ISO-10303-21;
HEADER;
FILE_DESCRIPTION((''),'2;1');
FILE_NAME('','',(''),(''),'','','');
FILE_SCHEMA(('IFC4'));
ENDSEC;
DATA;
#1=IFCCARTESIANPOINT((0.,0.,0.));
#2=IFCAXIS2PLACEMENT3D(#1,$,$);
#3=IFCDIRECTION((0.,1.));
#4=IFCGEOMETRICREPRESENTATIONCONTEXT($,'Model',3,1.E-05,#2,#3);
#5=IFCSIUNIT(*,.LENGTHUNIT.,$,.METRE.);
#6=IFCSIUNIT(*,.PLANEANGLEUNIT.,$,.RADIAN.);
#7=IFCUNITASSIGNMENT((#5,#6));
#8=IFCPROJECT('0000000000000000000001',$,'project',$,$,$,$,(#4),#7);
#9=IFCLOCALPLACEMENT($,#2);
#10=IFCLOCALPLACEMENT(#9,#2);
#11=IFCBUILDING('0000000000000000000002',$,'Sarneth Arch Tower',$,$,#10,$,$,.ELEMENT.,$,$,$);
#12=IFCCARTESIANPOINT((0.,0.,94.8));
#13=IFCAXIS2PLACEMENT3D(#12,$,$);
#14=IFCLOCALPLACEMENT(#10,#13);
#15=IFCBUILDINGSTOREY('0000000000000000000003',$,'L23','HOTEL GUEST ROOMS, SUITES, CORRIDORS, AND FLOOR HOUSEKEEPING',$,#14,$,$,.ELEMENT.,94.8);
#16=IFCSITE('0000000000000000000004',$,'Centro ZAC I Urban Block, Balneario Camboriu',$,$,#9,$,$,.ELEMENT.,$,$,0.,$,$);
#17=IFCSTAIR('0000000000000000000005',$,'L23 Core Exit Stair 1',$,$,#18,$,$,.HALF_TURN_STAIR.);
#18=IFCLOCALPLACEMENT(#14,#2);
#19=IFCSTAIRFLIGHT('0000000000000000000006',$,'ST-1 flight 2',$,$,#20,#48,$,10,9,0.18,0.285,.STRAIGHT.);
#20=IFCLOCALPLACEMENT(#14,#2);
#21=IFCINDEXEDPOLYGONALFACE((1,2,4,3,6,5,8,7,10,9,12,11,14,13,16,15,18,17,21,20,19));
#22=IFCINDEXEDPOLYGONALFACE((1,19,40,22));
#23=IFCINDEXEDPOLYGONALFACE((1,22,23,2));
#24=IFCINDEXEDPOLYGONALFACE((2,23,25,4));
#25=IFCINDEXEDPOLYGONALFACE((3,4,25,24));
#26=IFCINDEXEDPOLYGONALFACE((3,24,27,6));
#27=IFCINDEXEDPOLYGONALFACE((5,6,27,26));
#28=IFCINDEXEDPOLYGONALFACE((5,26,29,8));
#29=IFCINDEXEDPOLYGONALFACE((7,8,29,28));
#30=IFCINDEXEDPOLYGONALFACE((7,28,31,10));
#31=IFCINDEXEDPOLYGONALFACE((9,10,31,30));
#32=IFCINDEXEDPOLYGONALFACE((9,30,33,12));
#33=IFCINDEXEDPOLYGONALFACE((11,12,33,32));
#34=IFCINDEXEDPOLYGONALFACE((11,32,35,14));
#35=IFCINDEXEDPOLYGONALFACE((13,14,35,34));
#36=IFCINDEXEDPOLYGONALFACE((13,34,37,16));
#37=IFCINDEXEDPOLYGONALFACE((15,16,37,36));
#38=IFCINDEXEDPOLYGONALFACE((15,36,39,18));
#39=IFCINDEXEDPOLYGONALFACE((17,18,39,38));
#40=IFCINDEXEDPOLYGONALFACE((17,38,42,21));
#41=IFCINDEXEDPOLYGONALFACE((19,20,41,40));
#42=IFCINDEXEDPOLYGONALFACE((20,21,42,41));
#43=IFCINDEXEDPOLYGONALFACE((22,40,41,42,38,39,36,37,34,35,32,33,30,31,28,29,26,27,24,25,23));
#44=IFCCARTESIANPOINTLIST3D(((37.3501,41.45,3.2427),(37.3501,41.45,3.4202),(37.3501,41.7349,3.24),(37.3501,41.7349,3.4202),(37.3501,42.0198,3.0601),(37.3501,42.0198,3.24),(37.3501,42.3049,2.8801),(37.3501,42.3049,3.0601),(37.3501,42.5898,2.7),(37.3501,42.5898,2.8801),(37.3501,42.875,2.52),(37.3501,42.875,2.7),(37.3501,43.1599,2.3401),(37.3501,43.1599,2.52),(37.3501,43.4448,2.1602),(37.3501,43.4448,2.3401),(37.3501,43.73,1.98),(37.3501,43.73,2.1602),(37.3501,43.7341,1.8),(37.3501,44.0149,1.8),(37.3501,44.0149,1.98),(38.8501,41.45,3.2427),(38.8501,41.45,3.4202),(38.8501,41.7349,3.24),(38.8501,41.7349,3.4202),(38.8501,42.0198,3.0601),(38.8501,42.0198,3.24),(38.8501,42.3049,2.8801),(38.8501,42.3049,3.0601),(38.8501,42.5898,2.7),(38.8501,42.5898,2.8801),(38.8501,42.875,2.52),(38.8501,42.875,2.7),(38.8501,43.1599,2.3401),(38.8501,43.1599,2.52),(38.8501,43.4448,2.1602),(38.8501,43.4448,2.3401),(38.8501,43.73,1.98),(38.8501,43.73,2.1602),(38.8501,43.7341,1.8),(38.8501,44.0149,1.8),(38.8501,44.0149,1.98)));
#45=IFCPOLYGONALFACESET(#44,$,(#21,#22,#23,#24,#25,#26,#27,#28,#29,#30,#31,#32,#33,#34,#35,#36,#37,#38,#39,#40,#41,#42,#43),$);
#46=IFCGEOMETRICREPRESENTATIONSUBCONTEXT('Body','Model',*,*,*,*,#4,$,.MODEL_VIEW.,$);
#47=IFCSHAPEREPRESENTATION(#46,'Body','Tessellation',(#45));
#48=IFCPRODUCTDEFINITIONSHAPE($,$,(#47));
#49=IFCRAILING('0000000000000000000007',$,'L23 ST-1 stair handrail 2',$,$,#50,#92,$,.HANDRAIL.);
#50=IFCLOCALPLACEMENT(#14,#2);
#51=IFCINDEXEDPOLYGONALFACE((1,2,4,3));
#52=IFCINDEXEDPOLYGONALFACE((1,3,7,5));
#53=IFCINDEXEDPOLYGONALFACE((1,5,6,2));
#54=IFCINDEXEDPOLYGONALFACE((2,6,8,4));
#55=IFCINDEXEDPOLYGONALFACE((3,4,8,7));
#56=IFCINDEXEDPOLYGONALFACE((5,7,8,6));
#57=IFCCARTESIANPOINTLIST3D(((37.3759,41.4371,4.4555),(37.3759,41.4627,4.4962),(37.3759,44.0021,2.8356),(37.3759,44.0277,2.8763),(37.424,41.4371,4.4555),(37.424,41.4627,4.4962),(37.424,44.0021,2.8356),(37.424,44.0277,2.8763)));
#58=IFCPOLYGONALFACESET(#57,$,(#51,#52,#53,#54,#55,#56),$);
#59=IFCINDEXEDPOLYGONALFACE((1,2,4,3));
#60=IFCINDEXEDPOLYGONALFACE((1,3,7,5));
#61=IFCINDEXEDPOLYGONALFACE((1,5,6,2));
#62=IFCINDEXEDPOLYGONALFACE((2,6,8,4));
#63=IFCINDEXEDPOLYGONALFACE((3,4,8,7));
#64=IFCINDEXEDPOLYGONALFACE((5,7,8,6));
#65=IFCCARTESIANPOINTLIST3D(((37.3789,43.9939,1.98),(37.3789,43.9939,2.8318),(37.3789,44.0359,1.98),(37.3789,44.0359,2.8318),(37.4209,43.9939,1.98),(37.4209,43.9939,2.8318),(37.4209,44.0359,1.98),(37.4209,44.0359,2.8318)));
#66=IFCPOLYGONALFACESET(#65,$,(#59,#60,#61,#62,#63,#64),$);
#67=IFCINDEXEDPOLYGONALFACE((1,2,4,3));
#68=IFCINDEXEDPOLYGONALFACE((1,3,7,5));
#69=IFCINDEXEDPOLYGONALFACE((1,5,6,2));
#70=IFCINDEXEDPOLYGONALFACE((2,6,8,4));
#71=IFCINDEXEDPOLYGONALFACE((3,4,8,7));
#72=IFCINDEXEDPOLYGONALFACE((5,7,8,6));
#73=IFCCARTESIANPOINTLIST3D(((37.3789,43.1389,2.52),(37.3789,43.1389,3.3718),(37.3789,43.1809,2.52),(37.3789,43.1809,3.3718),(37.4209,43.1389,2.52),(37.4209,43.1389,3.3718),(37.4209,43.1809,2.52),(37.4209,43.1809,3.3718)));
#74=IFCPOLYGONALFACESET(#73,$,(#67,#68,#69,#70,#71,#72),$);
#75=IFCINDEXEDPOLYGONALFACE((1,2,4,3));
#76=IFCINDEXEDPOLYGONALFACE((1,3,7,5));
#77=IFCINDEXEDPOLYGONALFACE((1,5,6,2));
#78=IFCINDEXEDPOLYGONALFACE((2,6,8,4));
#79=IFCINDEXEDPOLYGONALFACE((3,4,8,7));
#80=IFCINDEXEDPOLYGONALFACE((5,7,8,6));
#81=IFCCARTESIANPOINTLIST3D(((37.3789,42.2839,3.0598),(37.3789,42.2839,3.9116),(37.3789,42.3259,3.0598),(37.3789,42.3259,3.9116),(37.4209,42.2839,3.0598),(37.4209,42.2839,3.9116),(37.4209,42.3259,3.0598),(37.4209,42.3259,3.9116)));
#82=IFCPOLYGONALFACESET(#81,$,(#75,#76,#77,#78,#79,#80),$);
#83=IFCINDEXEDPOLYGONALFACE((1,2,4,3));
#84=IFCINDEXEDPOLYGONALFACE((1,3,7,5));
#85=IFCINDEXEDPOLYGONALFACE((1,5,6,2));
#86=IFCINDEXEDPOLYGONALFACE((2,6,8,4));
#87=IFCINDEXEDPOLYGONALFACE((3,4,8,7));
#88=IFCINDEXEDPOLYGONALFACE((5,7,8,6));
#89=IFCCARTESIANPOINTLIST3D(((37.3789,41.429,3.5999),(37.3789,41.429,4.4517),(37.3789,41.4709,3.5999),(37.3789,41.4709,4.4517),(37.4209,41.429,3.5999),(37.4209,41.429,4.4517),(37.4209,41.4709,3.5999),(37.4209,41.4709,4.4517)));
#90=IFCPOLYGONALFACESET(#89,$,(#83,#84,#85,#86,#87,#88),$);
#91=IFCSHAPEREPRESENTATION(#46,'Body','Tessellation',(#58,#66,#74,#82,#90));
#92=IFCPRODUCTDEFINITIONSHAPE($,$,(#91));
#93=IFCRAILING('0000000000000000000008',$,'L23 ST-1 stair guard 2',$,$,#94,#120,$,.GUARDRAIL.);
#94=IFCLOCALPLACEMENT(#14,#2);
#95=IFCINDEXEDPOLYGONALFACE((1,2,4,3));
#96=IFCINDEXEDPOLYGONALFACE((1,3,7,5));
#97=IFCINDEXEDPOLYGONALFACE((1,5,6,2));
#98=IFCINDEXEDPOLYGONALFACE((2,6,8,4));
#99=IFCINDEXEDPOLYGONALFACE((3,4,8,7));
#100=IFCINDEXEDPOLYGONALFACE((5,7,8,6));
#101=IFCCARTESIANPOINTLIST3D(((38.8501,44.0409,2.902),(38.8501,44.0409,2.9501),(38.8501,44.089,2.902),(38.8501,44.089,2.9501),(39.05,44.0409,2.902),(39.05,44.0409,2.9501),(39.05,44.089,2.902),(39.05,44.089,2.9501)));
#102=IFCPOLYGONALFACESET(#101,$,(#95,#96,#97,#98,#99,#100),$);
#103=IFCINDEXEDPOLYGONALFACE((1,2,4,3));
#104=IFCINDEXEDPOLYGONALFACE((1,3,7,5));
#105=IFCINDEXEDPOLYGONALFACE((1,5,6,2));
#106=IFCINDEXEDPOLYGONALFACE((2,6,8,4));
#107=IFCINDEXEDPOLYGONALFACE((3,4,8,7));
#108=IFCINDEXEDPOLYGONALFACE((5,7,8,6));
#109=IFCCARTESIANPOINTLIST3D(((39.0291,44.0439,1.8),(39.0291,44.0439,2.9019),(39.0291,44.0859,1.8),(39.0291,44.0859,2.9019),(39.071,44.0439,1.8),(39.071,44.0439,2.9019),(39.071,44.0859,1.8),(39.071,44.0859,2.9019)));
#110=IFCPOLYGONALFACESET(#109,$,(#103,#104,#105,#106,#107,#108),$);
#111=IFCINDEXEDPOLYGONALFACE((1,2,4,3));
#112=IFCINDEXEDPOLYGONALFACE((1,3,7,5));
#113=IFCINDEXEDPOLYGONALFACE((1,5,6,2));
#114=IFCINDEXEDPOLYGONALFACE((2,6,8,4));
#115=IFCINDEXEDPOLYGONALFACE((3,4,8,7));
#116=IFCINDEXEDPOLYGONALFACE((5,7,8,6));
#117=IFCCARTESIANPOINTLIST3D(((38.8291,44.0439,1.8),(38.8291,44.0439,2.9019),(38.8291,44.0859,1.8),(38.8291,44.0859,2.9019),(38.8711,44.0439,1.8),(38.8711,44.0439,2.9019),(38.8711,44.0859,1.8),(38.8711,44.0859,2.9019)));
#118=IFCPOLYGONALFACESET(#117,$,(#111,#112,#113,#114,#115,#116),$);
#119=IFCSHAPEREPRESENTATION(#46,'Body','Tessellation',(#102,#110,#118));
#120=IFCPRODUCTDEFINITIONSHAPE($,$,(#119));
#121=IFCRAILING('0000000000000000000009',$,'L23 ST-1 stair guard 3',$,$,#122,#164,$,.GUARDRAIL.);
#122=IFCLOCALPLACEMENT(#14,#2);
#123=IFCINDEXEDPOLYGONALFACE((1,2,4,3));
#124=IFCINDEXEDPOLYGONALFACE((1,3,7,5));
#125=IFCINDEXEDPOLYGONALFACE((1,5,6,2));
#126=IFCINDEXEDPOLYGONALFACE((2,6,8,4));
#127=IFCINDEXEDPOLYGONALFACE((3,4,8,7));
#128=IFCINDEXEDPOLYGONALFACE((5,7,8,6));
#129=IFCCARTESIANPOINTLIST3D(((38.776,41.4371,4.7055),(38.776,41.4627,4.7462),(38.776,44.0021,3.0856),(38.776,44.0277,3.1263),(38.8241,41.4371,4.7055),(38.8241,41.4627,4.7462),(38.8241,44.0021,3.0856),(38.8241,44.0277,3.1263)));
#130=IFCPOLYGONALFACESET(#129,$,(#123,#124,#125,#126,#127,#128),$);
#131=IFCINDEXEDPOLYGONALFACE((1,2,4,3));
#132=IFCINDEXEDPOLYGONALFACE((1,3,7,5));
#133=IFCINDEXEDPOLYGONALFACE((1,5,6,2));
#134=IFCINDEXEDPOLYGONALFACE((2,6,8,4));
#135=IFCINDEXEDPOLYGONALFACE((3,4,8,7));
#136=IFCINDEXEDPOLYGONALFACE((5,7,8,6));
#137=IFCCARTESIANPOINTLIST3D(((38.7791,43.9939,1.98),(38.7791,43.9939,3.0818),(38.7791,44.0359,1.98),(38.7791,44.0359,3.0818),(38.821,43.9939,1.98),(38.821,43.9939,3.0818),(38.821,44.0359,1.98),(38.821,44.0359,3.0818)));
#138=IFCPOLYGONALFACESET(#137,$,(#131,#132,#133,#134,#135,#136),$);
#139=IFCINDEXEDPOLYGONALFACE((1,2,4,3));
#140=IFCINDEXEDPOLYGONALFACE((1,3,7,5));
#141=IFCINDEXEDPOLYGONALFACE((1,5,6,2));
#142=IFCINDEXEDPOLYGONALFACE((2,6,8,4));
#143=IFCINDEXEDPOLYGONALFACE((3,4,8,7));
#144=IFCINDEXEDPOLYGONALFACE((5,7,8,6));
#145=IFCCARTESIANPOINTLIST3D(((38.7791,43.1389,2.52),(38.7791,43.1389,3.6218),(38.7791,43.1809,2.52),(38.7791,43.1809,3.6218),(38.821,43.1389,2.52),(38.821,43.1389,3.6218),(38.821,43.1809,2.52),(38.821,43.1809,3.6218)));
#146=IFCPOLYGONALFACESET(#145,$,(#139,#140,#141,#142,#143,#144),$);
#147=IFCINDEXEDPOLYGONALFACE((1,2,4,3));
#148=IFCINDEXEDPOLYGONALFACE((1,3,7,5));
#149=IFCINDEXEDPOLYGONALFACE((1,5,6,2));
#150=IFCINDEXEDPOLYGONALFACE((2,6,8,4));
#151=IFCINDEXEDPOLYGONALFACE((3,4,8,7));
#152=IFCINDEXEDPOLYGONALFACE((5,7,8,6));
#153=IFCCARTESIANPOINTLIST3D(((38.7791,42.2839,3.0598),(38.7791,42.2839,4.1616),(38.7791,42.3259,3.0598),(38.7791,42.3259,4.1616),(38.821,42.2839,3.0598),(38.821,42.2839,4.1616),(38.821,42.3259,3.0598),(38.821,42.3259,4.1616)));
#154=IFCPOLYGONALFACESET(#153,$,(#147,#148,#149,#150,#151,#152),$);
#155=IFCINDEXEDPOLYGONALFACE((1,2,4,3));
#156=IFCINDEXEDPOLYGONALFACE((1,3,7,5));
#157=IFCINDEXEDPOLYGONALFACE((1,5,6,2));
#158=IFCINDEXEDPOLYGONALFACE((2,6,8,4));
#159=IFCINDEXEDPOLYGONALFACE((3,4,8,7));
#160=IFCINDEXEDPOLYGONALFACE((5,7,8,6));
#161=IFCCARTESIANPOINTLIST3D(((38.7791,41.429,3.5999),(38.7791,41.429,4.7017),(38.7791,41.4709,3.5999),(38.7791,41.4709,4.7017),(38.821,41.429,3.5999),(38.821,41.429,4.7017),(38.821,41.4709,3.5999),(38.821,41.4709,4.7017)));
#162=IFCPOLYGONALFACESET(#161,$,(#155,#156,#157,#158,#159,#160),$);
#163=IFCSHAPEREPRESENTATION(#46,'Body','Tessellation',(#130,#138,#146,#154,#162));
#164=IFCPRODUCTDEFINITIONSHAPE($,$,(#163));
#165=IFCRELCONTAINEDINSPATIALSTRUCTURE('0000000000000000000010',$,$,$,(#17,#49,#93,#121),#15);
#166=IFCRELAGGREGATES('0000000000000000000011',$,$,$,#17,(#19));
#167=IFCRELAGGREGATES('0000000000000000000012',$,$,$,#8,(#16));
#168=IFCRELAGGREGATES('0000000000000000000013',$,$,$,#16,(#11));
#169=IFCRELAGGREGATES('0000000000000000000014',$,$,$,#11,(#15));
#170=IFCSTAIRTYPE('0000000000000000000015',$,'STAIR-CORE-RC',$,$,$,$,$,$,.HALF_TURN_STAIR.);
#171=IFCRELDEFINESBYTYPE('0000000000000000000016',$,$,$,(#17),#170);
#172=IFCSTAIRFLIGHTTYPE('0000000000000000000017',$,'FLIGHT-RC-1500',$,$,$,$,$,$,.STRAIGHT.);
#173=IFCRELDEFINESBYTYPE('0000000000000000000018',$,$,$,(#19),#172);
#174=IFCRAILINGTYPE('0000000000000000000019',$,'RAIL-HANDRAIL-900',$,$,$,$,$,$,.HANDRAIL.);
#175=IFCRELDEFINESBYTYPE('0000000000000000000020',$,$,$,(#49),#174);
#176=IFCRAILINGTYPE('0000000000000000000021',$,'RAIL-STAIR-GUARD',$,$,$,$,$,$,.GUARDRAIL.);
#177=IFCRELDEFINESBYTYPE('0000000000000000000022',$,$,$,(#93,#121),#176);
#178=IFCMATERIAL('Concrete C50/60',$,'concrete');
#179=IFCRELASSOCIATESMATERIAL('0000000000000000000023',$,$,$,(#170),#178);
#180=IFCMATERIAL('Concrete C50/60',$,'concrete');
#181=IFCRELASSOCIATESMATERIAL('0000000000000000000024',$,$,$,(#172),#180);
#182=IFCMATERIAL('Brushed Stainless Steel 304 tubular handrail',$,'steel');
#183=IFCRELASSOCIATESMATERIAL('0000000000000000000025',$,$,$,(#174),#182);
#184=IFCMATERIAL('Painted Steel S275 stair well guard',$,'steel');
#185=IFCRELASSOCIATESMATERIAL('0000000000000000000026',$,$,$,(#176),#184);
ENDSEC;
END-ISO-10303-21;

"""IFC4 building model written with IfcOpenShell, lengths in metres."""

from ifc_helpers import new_model, si_unit, direction, frame, origin, origin_2d, place, context, subcontext, project, spatial, polyline, rectangle, outline, extrude, material, type_object, element, aggregate, save


model = new_model("IFC4")

# Units and contexts
model_context = context("Model", 3, precision=1e-05, world=origin(), true_north=direction((0.0, 1.0)))
body_context = subcontext(model_context, "Body", "Model", "MODEL_VIEW")
ifc_project = project(units=[si_unit("LENGTHUNIT", "METRE"), si_unit("PLANEANGLEUNIT", "RADIAN")], contexts=[model_context])

# Site, building, storey
site_placement = place(None, origin())
site = spatial("IfcSite", under=ifc_project, at=site_placement, Name="Centro ZAC I Urban Block, Balneario Camboriu", CompositionType="ELEMENT", RefElevation=0.0)
building_placement = place(site_placement, origin())
building = spatial("IfcBuilding", under=site, at=building_placement, Name="Sarneth Arch Tower", CompositionType="ELEMENT")
storey_placement = place(building_placement, frame((0.0, 0.0, 94.8)))
storey = spatial("IfcBuildingStorey", under=building, at=storey_placement, Name="L23", Description="HOTEL GUEST ROOMS, SUITES, CORRIDORS, AND FLOOR HOUSEKEEPING", CompositionType="ELEMENT", Elevation=94.8)

# Stair, stair flight
ifc_material_1 = material(Name="Concrete C50/60", Category="concrete")
stair_type = type_object("IfcStairType", Name="STAIR-CORE-RC", PredefinedType="HALF_TURN_STAIR", material=ifc_material_1)
stair_placement = place(storey_placement, origin())
stair = element("IfcStair", 1, at=stair_placement, inside=storey, type_object=stair_type, Name="L23 Core Exit Stair 1", PredefinedType="HALF_TURN_STAIR")
ifc_material_2 = material(Name="Concrete C50/60", Category="concrete")
stair_flight_type = type_object("IfcStairFlightType", Name="FLIGHT-RC-1500", PredefinedType="STRAIGHT", material=ifc_material_2)
stair_flight_placement = place(storey_placement, frame((38.1001, 44.0149, 1.8), z_axis=(0.0, 0.0, 1.0), x_axis=(0.0, -1.0, 0.0)))
stair_flight = element("IfcStairFlight", 2, at=stair_flight_placement, type_object=stair_flight_type, Name="ST-1 flight 2", NumberOfRisers=10, NumberOfTreads=9, PredefinedType="STRAIGHT", RiserHeight=0.18, TreadLength=0.285, context=body_context, shape_type="SweptSolid", body=[
    extrude(outline(polyline([(0.0, 0.0), (0.0, 0.1799), (0.2849, 0.1799), (0.2849, 0.3601), (0.5701, 0.3601), (0.5701, 0.54), (0.855, 0.54), (0.855, 0.72), (1.1399, 0.72), (1.1399, 0.8999), (1.425, 0.8999), (1.425, 1.0801), (1.71, 1.0801), (1.71, 1.26), (1.9951, 1.26), (1.9951, 1.4399), (2.28, 1.4399), (2.28, 1.6201), (2.5649, 1.6201), (2.5649, 1.8), (2.5649, 1.4426), (0.2808, 0.0), (0.0, 0.0)])), frame((0.0, 0.75, 0.0), z_axis=(0.0, -1.0, 0.0), x_axis=(1.0, 0.0, 0.0)), (0.0, 0.0, 1.0), 1.5),
])
aggregate(stair, [stair_flight])

# Railings
ifc_material_3 = material(Name="Brushed Stainless Steel 304 tubular handrail", Category="steel")
railing_type_1 = type_object("IfcRailingType", Name="RAIL-HANDRAIL-900", PredefinedType="HANDRAIL", material=ifc_material_3)
railing_1_placement = place(storey_placement, frame((37.3999, 44.0149, 1.98)))
element("IfcRailing", 3, at=railing_1_placement, inside=storey, type_object=railing_type_1, Name="L23 ST-1 stair handrail 2", PredefinedType="HANDRAIL", context=body_context, shape_type="SweptSolid", body=[
    extrude(rectangle(XDim=0.0481, YDim=0.0481, at=origin_2d()), frame((0.0, 0.0, 0.876), z_axis=(0.0, -0.845502, 0.533972), x_axis=(1.0, 0.0, 0.0)), (0.0, 0.0, 1.0), 3.0337),
    extrude(rectangle(XDim=0.042, YDim=0.042, at=origin_2d()), origin(), (0.0, 0.0, 1.0), 0.8518),
    extrude(rectangle(XDim=0.042, YDim=0.042, at=origin_2d()), frame((0.0, -0.855, 0.54)), (0.0, 0.0, 1.0), 0.8518),
    extrude(rectangle(XDim=0.042, YDim=0.042, at=origin_2d()), frame((0.0, -1.71, 1.0798)), (0.0, 0.0, 1.0), 0.8518),
    extrude(rectangle(XDim=0.042, YDim=0.042, at=origin_2d()), frame((0.0, -2.5649, 1.6199)), (0.0, 0.0, 1.0), 0.8518),
])
ifc_material_4 = material(Name="Painted Steel S275 stair well guard", Category="steel")
railing_type_2 = type_object("IfcRailingType", Name="RAIL-STAIR-GUARD", PredefinedType="GUARDRAIL", material=ifc_material_4)
railing_2_placement = place(storey_placement, frame((39.05, 44.0649, 1.8)))
element("IfcRailing", 4, at=railing_2_placement, inside=storey, type_object=railing_type_2, Name="L23 ST-1 stair guard 2", PredefinedType="GUARDRAIL", context=body_context, shape_type="SweptSolid", body=[
    extrude(rectangle(XDim=0.0481, YDim=0.0481, at=origin_2d()), frame((0.0, 0.0, 1.126), z_axis=(-1.0, 0.0, 0.0), x_axis=(0.0, -1.0, 0.0)), (0.0, 0.0, 1.0), 0.2),
    extrude(rectangle(XDim=0.042, YDim=0.042, at=origin_2d()), origin(), (0.0, 0.0, 1.0), 1.1018),
    extrude(rectangle(XDim=0.042, YDim=0.042, at=origin_2d()), frame((-0.2, 0.0, 0.0)), (0.0, 0.0, 1.0), 1.1018),
])
railing_3_placement = place(storey_placement, frame((38.8, 44.0149, 1.98)))
element("IfcRailing", 5, at=railing_3_placement, inside=storey, type_object=railing_type_2, Name="L23 ST-1 stair guard 3", PredefinedType="GUARDRAIL", context=body_context, shape_type="SweptSolid", body=[
    extrude(rectangle(XDim=0.0481, YDim=0.0481, at=origin_2d()), frame((0.0, 0.0, 1.126), z_axis=(0.0, -0.845502, 0.533972), x_axis=(1.0, 0.0, 0.0)), (0.0, 0.0, 1.0), 3.0337),
    extrude(rectangle(XDim=0.042, YDim=0.042, at=origin_2d()), origin(), (0.0, 0.0, 1.0), 1.1018),
    extrude(rectangle(XDim=0.042, YDim=0.042, at=origin_2d()), frame((0.0, -0.855, 0.54)), (0.0, 0.0, 1.0), 1.1018),
    extrude(rectangle(XDim=0.042, YDim=0.042, at=origin_2d()), frame((0.0, -1.71, 1.0798)), (0.0, 0.0, 1.0), 1.1018),
    extrude(rectangle(XDim=0.042, YDim=0.042, at=origin_2d()), frame((0.0, -2.5649, 1.6199)), (0.0, 0.0, 1.0), 1.1018),
])

save(model, "model.ifc")
